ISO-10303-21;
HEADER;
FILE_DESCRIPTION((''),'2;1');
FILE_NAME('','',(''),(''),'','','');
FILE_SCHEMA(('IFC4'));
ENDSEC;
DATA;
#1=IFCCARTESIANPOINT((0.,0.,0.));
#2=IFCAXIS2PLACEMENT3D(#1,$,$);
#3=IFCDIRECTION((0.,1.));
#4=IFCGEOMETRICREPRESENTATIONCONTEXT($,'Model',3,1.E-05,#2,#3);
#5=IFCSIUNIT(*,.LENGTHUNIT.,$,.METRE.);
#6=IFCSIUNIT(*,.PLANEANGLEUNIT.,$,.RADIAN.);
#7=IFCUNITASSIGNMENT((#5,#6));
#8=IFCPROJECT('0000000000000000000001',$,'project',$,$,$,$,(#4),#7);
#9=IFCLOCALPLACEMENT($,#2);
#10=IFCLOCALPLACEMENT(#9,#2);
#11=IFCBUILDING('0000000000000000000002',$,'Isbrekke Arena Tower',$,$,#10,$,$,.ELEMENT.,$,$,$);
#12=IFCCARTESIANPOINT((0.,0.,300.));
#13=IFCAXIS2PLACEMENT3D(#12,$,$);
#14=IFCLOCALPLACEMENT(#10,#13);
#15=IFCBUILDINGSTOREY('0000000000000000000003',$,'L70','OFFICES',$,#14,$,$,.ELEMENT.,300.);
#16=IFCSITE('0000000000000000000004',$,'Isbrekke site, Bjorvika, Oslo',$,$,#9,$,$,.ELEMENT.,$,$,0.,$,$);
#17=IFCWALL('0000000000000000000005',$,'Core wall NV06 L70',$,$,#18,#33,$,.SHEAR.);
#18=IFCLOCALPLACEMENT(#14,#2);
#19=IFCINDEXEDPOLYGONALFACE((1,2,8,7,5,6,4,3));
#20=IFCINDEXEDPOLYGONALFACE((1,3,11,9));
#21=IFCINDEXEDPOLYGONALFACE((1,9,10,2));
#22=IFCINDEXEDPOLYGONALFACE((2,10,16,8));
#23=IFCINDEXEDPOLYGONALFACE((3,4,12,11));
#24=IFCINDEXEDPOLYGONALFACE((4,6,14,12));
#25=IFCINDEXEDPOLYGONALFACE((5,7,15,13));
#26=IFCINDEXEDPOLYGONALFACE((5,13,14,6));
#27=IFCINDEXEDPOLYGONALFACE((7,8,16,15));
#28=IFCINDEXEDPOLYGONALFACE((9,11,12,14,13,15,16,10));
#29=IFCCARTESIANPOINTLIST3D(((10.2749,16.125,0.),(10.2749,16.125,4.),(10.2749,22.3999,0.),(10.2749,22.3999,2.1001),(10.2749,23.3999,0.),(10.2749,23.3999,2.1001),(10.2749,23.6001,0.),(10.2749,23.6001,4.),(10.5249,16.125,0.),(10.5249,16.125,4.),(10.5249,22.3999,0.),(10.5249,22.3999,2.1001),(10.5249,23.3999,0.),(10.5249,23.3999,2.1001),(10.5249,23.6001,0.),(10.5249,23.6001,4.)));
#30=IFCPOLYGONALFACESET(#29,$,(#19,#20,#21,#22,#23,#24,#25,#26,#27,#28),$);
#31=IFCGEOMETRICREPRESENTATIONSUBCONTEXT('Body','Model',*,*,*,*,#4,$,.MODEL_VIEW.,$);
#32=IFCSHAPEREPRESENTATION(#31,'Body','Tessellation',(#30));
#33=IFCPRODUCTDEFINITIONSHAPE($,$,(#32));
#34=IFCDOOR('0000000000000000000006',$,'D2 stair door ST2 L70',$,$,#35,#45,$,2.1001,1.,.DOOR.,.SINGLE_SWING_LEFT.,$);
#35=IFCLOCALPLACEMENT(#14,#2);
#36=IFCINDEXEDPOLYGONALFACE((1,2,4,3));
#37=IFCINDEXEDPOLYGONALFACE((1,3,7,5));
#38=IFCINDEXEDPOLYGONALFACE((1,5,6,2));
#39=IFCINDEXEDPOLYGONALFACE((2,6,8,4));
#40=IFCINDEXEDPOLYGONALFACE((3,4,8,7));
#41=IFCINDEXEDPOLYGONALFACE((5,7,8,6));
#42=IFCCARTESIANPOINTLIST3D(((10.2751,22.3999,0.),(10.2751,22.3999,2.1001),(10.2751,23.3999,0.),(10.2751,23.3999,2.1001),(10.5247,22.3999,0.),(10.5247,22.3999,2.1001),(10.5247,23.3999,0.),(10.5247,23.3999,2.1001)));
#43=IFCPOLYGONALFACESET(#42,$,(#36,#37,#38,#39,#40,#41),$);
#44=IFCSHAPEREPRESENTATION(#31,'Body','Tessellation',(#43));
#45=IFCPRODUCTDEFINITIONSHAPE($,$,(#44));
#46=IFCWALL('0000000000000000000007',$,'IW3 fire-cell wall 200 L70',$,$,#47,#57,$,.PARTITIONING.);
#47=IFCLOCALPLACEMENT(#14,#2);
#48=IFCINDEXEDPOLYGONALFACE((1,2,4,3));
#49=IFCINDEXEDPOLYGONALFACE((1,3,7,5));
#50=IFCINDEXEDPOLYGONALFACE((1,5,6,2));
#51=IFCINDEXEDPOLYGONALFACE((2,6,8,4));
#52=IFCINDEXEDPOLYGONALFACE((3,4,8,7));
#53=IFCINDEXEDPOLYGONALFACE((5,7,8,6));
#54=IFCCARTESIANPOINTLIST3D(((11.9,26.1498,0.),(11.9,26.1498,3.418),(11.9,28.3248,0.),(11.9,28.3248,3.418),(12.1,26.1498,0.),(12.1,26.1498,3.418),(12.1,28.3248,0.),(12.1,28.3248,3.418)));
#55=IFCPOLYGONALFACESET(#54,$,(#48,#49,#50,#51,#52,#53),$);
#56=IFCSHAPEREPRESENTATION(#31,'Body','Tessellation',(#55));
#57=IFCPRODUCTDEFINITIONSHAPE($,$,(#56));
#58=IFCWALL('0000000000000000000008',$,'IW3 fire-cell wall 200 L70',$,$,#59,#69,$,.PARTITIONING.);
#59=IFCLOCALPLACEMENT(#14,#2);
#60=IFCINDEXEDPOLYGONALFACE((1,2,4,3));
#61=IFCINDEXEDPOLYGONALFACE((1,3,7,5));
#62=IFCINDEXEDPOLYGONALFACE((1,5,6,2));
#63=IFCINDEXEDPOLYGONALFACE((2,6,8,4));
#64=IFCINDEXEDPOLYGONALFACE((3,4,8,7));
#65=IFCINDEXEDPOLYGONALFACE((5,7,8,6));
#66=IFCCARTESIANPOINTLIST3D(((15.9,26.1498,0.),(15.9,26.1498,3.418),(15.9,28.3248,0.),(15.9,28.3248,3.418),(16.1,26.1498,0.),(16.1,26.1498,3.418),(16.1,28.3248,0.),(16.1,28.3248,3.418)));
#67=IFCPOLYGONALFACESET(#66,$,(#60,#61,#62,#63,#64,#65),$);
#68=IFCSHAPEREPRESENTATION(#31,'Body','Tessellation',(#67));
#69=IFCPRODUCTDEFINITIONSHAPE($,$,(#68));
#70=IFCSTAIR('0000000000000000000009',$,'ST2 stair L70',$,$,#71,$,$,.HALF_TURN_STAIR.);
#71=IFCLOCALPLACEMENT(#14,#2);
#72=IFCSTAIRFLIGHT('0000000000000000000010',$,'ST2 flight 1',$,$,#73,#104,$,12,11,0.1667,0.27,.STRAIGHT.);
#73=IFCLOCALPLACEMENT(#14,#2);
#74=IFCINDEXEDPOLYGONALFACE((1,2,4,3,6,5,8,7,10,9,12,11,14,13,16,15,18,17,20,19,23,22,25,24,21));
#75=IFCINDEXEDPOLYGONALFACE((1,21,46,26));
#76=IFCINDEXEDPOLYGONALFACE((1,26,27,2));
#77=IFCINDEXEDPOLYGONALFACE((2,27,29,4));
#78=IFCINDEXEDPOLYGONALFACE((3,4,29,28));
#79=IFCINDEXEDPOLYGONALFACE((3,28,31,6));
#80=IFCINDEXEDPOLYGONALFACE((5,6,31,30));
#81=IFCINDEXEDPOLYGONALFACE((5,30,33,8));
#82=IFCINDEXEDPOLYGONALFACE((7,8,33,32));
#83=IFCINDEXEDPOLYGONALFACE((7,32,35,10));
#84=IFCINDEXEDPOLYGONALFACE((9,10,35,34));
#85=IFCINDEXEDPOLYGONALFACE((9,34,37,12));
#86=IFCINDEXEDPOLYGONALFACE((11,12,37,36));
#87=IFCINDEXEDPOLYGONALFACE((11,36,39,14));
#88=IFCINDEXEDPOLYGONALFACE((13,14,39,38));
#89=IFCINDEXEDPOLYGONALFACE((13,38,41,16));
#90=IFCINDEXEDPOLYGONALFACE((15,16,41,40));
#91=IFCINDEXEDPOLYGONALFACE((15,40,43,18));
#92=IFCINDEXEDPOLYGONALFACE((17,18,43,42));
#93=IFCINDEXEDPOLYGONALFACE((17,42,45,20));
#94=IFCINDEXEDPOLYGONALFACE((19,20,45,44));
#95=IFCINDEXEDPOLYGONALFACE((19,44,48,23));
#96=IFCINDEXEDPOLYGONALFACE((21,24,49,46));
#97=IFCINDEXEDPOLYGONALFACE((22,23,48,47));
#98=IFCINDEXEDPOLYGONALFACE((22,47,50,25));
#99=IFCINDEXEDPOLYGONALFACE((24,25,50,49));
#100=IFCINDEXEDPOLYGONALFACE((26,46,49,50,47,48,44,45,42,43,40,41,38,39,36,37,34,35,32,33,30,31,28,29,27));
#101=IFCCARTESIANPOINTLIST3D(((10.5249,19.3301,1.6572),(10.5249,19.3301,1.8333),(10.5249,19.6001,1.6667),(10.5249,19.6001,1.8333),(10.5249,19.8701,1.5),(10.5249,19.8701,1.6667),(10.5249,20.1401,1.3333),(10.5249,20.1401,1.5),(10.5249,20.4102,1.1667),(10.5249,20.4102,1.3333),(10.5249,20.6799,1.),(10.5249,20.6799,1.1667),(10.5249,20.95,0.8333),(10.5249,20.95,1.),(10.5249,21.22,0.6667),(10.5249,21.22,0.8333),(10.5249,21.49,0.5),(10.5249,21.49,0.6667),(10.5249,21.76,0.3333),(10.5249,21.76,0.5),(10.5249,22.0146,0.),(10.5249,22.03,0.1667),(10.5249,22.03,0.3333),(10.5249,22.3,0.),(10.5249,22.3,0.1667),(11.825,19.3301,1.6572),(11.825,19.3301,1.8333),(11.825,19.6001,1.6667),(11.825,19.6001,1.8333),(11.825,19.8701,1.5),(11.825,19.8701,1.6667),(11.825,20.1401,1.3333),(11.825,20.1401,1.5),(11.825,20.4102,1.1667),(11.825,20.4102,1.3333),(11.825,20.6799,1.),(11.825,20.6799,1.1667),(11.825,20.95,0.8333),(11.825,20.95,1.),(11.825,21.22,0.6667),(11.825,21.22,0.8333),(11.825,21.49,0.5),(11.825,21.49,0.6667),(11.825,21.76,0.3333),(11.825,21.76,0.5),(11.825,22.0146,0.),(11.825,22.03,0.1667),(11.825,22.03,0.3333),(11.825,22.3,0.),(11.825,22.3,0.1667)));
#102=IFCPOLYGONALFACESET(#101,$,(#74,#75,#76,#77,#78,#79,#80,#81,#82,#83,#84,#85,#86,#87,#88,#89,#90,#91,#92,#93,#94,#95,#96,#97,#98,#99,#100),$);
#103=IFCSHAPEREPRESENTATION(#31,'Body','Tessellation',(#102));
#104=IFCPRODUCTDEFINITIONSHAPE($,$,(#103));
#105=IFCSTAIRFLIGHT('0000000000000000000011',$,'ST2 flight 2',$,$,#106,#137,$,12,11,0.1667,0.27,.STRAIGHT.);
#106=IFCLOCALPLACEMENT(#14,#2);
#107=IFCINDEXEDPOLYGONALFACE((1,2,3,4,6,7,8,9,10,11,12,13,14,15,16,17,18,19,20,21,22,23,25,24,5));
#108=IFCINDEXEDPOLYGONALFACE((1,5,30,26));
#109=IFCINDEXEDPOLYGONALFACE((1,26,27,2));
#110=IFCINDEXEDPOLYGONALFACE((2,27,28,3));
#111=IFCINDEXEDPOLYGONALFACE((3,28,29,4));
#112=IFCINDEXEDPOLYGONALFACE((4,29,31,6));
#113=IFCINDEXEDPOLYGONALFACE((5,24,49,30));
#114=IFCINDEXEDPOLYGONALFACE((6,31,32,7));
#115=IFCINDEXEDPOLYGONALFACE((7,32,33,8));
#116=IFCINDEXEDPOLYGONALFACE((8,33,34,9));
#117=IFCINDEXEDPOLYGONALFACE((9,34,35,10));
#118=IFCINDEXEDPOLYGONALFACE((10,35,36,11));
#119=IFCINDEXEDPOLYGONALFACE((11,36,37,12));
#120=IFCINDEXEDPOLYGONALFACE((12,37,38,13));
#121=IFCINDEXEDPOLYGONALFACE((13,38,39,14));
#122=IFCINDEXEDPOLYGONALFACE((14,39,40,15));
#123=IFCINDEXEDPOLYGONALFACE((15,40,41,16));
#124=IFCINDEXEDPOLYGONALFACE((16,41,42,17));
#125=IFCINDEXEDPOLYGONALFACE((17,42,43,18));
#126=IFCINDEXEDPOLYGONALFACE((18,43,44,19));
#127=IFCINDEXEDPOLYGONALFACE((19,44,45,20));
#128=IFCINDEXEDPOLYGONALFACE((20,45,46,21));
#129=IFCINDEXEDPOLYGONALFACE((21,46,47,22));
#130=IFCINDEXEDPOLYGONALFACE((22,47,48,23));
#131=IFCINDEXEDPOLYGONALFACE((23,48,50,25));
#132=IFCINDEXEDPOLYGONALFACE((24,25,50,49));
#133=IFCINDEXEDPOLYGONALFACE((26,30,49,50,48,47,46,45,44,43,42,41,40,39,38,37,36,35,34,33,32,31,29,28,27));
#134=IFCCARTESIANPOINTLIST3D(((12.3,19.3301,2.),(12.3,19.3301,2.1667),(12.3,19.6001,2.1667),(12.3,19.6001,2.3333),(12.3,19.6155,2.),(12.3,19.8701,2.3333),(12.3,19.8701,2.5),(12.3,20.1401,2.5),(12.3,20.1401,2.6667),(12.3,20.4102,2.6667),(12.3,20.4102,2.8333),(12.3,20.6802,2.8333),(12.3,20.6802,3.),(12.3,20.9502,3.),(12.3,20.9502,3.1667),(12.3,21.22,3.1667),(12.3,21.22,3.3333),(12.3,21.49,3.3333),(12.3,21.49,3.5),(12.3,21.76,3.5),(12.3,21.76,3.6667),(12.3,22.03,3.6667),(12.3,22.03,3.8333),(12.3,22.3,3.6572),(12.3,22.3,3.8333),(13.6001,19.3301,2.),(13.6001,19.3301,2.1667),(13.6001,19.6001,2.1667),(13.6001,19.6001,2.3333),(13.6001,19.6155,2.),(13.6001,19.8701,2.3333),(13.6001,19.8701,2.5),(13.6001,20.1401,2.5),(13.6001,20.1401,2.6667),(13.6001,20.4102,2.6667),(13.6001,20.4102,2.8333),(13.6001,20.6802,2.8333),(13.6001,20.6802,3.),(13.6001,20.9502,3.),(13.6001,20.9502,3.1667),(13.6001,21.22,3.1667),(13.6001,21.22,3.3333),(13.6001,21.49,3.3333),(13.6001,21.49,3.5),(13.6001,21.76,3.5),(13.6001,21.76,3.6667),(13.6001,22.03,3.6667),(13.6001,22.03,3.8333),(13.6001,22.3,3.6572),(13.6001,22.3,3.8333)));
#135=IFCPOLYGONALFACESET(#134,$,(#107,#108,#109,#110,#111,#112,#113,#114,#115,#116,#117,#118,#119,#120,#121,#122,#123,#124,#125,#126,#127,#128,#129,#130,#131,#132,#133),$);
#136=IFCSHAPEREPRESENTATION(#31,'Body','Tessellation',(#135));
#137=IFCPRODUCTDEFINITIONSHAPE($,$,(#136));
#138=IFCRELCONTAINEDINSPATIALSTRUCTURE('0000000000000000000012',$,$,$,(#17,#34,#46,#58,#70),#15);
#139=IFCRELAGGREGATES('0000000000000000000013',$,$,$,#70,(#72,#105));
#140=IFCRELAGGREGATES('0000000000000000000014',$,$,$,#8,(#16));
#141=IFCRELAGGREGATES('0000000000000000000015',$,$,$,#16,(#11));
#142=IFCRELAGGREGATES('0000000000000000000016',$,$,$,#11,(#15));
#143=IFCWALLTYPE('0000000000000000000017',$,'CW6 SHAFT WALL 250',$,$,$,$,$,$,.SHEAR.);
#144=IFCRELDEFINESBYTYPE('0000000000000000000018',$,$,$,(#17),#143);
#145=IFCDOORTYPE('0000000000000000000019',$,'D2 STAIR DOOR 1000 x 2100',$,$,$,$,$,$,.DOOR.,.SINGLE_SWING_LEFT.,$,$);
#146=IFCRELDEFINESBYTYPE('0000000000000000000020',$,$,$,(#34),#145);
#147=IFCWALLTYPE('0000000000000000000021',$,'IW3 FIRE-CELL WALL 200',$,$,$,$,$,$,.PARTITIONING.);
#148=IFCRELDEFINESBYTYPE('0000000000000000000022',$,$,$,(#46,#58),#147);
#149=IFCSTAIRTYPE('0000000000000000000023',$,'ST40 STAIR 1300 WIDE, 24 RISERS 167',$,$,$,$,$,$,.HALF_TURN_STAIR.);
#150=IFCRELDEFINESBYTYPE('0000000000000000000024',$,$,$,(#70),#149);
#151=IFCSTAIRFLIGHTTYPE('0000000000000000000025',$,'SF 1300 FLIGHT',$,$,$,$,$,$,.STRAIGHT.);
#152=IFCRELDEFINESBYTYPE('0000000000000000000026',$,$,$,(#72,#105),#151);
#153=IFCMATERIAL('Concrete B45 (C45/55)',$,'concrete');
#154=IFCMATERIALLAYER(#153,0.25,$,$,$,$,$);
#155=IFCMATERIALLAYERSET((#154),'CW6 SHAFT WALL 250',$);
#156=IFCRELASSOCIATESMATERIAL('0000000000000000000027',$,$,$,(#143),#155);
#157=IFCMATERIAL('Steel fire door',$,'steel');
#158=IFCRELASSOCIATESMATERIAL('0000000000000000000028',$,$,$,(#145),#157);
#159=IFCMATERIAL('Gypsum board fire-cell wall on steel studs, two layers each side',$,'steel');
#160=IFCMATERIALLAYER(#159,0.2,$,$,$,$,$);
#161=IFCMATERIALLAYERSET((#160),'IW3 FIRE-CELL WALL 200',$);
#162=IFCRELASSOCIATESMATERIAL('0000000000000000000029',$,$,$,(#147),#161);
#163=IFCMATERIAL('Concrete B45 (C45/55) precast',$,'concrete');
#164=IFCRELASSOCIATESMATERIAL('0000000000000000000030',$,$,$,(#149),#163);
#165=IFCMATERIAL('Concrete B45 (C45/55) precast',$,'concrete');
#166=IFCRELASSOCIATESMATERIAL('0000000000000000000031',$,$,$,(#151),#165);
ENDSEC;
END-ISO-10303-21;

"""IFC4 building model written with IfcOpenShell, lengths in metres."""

from ifc_helpers import new_model, si_unit, direction, frame, frame_2d, origin, place, context, subcontext, project, spatial, polyline, rectangle, outline, extrude, material, layer, layer_set, type_object, element, fill, aggregate, save


model = new_model("IFC4")

# Units and contexts
model_context = context("Model", 3, precision=1e-05, world=origin(), true_north=direction((0.0, 1.0)))
body_context = subcontext(model_context, "Body", "Model", "MODEL_VIEW")
ifc_project = project(units=[si_unit("LENGTHUNIT", "METRE"), si_unit("PLANEANGLEUNIT", "RADIAN")], contexts=[model_context])

# Site, building, storey
site_placement = place(None, origin())
site = spatial("IfcSite", under=ifc_project, at=site_placement, Name="Isbrekke site, Bjorvika, Oslo", CompositionType="ELEMENT", RefElevation=0.0)
building_placement = place(site_placement, origin())
building = spatial("IfcBuilding", under=site, at=building_placement, Name="Isbrekke Arena Tower", CompositionType="ELEMENT")
storey_placement = place(building_placement, frame((0.0, 0.0, 300.0)))
storey = spatial("IfcBuildingStorey", under=building, at=storey_placement, Name="L70", Description="OFFICES", CompositionType="ELEMENT", Elevation=300.0)

# Wall, opening, door
ifc_material_1 = material(Name="Concrete B45 (C45/55)", Category="concrete")
ifc_layer_1 = layer(ifc_material_1, 0.25)
ifc_layer_set_1 = layer_set([ifc_layer_1], Name="CW6 SHAFT WALL 250")
wall_type_1 = type_object("IfcWallType", Name="CW6 SHAFT WALL 250", PredefinedType="SHEAR", material=ifc_layer_set_1)
wall_1_placement = place(storey_placement, frame((10.3999, 16.125, 0.0), z_axis=(0.0, 0.0, 1.0), x_axis=(0.0, 1.0, 0.0)))
wall_1 = element("IfcWall", 1, at=wall_1_placement, inside=storey, type_object=wall_type_1, Name="Core wall NV06 L70", PredefinedType="SHEAR", context=body_context, shape_type="SweptSolid", body=[
    extrude(rectangle(XDim=7.4751, YDim=0.25, at=frame_2d((3.7375, 0.0))), origin(), (0.0, 0.0, 1.0), 4.0),
])
opening_1_placement = place(wall_1_placement, frame((6.2749, 0.0, 0.0)))
opening_1 = element("IfcOpeningElement", 2, at=opening_1_placement, cuts=wall_1, PredefinedType="OPENING", context=body_context, shape_type="SweptSolid", body=[
    extrude(rectangle(XDim=1.0, YDim=2.1001, at=frame_2d((0.5, 1.05))), frame((0.0, 0.1399, 0.0), z_axis=(0.0, -1.0, 0.0), x_axis=(1.0, 0.0, 0.0)), (0.0, 0.0, 1.0), 0.2798),
])
ifc_material_2 = material(Name="Steel fire door", Category="steel")
door_type_1 = type_object("IfcDoorType", Name="D2 STAIR DOOR 1000 x 2100", OperationType="SINGLE_SWING_LEFT", PredefinedType="DOOR", material=ifc_material_2)
door_1_placement = place(opening_1_placement, origin())
door_1 = element("IfcDoor", 3, at=door_1_placement, inside=storey, type_object=door_type_1, Name="D2 stair door ST2 L70", OperationType="SINGLE_SWING_LEFT", OverallHeight=2.1001, OverallWidth=1.0, PredefinedType="DOOR", context=body_context, shape_type="SweptSolid", body=[
    extrude(rectangle(XDim=1.0, YDim=2.1001, at=frame_2d((0.5, 1.05))), frame((0.0, 0.1248, 0.0), z_axis=(0.0, -1.0, 0.0), x_axis=(1.0, 0.0, 0.0)), (0.0, 0.0, 1.0), 0.2495),
])
fill(opening_1, door_1)

# Walls
ifc_material_3 = material(Name="Gypsum board fire-cell wall on steel studs, two layers each side", Category="steel")
ifc_layer_2 = layer(ifc_material_3, 0.2)
ifc_layer_set_2 = layer_set([ifc_layer_2], Name="IW3 FIRE-CELL WALL 200")
wall_type_2 = type_object("IfcWallType", Name="IW3 FIRE-CELL WALL 200", PredefinedType="PARTITIONING", material=ifc_layer_set_2)
for number, where, z_axis, x_axis, name in (
    (4, (12.0, 26.1499, 0.0), (0.0, 0.0, 1.0), (0.0, 1.0, 0.0), "IW3 fire-cell wall 200 L70"),
    (5, (16.0, 26.1499, 0.0), (0.0, 0.0, 1.0), (0.0, 1.0, 0.0), "IW3 fire-cell wall 200 L70"),
):
    element("IfcWall", number, at=place(storey_placement, frame(where, z_axis=z_axis, x_axis=x_axis)), inside=storey, type_object=wall_type_2, Name=name, PredefinedType="PARTITIONING", context=body_context, shape_type="SweptSolid", body=[
        extrude(rectangle(XDim=2.175, YDim=0.2, at=frame_2d((1.0874, 0.0))), origin(), (0.0, 0.0, 1.0), 3.418),
    ])

# Stair, stair flights
ifc_material_4 = material(Name="Concrete B45 (C45/55) precast", Category="concrete")
stair_type = type_object("IfcStairType", Name="ST40 STAIR 1300 WIDE, 24 RISERS 167", PredefinedType="HALF_TURN_STAIR", material=ifc_material_4)
stair_placement = place(storey_placement, origin())
stair = element("IfcStair", 6, at=stair_placement, inside=storey, type_object=stair_type, Name="ST2 stair L70", PredefinedType="HALF_TURN_STAIR")
ifc_material_5 = material(Name="Concrete B45 (C45/55) precast", Category="concrete")
stair_flight_type = type_object("IfcStairFlightType", Name="SF 1300 FLIGHT", PredefinedType="STRAIGHT", material=ifc_material_5)
stair_flight_1_placement = place(storey_placement, frame((11.175, 22.3, 0.0), z_axis=(0.0, 0.0, 1.0), x_axis=(0.0, -1.0, 0.0)))
stair_flight_1 = element("IfcStairFlight", 7, at=stair_flight_1_placement, type_object=stair_flight_type, Name="ST2 flight 1", NumberOfRisers=12, NumberOfTreads=11, PredefinedType="STRAIGHT", RiserHeight=0.1667, TreadLength=0.27, context=body_context, shape_type="SweptSolid", body=[
    extrude(outline(polyline([(0.0, 0.0), (0.0, 0.1667), (0.27, 0.1667), (0.27, 0.3333), (0.54, 0.3333), (0.54, 0.5), (0.8101, 0.5), (0.8101, 0.6667), (1.0801, 0.6667), (1.0801, 0.8333), (1.3501, 0.8333), (1.3501, 1.0), (1.6201, 1.0), (1.6201, 1.1667), (1.8899, 1.1667), (1.8899, 1.3333), (2.1599, 1.3333), (2.1599, 1.5), (2.4299, 1.5), (2.4299, 1.6667), (2.7, 1.6667), (2.7, 1.8333), (2.97, 1.8333), (2.97, 2.0), (2.97, 1.6572), (0.2854, 0.0), (0.0, 0.0)])), frame((0.0, 0.6499, 0.0), z_axis=(0.0, -1.0, 0.0), x_axis=(1.0, 0.0, 0.0)), (0.0, 0.0, 1.0), 1.3),
])
stair_flight_2_placement = place(storey_placement, frame((12.95, 19.3301, 2.0), z_axis=(0.0, 0.0, 1.0), x_axis=(0.0, 1.0, 0.0)))
stair_flight_2 = element("IfcStairFlight", 8, at=stair_flight_2_placement, type_object=stair_flight_type, Name="ST2 flight 2", NumberOfRisers=12, NumberOfTreads=11, PredefinedType="STRAIGHT", RiserHeight=0.1667, TreadLength=0.27, context=body_context, shape_type="SweptSolid", body=[
    extrude(outline(polyline([(0.0, 0.0), (0.0, 0.1667), (0.27, 0.1667), (0.27, 0.3333), (0.54, 0.3333), (0.54, 0.5), (0.8101, 0.5), (0.8101, 0.6667), (1.0801, 0.6667), (1.0801, 0.8333), (1.3501, 0.8333), (1.3501, 1.0), (1.6201, 1.0), (1.6201, 1.1667), (1.8899, 1.1667), (1.8899, 1.3333), (2.1599, 1.3333), (2.1599, 1.5), (2.4299, 1.5), (2.4299, 1.6667), (2.7, 1.6667), (2.7, 1.8333), (2.97, 1.8333), (2.97, 2.0), (2.97, 1.6572), (0.2854, 0.0), (0.0, 0.0)])), frame((0.0, 0.6499, 0.0), z_axis=(0.0, -1.0, 0.0), x_axis=(1.0, 0.0, 0.0)), (0.0, 0.0, 1.0), 1.3),
])
aggregate(stair, [stair_flight_1, stair_flight_2])

save(model, "model.ifc")
